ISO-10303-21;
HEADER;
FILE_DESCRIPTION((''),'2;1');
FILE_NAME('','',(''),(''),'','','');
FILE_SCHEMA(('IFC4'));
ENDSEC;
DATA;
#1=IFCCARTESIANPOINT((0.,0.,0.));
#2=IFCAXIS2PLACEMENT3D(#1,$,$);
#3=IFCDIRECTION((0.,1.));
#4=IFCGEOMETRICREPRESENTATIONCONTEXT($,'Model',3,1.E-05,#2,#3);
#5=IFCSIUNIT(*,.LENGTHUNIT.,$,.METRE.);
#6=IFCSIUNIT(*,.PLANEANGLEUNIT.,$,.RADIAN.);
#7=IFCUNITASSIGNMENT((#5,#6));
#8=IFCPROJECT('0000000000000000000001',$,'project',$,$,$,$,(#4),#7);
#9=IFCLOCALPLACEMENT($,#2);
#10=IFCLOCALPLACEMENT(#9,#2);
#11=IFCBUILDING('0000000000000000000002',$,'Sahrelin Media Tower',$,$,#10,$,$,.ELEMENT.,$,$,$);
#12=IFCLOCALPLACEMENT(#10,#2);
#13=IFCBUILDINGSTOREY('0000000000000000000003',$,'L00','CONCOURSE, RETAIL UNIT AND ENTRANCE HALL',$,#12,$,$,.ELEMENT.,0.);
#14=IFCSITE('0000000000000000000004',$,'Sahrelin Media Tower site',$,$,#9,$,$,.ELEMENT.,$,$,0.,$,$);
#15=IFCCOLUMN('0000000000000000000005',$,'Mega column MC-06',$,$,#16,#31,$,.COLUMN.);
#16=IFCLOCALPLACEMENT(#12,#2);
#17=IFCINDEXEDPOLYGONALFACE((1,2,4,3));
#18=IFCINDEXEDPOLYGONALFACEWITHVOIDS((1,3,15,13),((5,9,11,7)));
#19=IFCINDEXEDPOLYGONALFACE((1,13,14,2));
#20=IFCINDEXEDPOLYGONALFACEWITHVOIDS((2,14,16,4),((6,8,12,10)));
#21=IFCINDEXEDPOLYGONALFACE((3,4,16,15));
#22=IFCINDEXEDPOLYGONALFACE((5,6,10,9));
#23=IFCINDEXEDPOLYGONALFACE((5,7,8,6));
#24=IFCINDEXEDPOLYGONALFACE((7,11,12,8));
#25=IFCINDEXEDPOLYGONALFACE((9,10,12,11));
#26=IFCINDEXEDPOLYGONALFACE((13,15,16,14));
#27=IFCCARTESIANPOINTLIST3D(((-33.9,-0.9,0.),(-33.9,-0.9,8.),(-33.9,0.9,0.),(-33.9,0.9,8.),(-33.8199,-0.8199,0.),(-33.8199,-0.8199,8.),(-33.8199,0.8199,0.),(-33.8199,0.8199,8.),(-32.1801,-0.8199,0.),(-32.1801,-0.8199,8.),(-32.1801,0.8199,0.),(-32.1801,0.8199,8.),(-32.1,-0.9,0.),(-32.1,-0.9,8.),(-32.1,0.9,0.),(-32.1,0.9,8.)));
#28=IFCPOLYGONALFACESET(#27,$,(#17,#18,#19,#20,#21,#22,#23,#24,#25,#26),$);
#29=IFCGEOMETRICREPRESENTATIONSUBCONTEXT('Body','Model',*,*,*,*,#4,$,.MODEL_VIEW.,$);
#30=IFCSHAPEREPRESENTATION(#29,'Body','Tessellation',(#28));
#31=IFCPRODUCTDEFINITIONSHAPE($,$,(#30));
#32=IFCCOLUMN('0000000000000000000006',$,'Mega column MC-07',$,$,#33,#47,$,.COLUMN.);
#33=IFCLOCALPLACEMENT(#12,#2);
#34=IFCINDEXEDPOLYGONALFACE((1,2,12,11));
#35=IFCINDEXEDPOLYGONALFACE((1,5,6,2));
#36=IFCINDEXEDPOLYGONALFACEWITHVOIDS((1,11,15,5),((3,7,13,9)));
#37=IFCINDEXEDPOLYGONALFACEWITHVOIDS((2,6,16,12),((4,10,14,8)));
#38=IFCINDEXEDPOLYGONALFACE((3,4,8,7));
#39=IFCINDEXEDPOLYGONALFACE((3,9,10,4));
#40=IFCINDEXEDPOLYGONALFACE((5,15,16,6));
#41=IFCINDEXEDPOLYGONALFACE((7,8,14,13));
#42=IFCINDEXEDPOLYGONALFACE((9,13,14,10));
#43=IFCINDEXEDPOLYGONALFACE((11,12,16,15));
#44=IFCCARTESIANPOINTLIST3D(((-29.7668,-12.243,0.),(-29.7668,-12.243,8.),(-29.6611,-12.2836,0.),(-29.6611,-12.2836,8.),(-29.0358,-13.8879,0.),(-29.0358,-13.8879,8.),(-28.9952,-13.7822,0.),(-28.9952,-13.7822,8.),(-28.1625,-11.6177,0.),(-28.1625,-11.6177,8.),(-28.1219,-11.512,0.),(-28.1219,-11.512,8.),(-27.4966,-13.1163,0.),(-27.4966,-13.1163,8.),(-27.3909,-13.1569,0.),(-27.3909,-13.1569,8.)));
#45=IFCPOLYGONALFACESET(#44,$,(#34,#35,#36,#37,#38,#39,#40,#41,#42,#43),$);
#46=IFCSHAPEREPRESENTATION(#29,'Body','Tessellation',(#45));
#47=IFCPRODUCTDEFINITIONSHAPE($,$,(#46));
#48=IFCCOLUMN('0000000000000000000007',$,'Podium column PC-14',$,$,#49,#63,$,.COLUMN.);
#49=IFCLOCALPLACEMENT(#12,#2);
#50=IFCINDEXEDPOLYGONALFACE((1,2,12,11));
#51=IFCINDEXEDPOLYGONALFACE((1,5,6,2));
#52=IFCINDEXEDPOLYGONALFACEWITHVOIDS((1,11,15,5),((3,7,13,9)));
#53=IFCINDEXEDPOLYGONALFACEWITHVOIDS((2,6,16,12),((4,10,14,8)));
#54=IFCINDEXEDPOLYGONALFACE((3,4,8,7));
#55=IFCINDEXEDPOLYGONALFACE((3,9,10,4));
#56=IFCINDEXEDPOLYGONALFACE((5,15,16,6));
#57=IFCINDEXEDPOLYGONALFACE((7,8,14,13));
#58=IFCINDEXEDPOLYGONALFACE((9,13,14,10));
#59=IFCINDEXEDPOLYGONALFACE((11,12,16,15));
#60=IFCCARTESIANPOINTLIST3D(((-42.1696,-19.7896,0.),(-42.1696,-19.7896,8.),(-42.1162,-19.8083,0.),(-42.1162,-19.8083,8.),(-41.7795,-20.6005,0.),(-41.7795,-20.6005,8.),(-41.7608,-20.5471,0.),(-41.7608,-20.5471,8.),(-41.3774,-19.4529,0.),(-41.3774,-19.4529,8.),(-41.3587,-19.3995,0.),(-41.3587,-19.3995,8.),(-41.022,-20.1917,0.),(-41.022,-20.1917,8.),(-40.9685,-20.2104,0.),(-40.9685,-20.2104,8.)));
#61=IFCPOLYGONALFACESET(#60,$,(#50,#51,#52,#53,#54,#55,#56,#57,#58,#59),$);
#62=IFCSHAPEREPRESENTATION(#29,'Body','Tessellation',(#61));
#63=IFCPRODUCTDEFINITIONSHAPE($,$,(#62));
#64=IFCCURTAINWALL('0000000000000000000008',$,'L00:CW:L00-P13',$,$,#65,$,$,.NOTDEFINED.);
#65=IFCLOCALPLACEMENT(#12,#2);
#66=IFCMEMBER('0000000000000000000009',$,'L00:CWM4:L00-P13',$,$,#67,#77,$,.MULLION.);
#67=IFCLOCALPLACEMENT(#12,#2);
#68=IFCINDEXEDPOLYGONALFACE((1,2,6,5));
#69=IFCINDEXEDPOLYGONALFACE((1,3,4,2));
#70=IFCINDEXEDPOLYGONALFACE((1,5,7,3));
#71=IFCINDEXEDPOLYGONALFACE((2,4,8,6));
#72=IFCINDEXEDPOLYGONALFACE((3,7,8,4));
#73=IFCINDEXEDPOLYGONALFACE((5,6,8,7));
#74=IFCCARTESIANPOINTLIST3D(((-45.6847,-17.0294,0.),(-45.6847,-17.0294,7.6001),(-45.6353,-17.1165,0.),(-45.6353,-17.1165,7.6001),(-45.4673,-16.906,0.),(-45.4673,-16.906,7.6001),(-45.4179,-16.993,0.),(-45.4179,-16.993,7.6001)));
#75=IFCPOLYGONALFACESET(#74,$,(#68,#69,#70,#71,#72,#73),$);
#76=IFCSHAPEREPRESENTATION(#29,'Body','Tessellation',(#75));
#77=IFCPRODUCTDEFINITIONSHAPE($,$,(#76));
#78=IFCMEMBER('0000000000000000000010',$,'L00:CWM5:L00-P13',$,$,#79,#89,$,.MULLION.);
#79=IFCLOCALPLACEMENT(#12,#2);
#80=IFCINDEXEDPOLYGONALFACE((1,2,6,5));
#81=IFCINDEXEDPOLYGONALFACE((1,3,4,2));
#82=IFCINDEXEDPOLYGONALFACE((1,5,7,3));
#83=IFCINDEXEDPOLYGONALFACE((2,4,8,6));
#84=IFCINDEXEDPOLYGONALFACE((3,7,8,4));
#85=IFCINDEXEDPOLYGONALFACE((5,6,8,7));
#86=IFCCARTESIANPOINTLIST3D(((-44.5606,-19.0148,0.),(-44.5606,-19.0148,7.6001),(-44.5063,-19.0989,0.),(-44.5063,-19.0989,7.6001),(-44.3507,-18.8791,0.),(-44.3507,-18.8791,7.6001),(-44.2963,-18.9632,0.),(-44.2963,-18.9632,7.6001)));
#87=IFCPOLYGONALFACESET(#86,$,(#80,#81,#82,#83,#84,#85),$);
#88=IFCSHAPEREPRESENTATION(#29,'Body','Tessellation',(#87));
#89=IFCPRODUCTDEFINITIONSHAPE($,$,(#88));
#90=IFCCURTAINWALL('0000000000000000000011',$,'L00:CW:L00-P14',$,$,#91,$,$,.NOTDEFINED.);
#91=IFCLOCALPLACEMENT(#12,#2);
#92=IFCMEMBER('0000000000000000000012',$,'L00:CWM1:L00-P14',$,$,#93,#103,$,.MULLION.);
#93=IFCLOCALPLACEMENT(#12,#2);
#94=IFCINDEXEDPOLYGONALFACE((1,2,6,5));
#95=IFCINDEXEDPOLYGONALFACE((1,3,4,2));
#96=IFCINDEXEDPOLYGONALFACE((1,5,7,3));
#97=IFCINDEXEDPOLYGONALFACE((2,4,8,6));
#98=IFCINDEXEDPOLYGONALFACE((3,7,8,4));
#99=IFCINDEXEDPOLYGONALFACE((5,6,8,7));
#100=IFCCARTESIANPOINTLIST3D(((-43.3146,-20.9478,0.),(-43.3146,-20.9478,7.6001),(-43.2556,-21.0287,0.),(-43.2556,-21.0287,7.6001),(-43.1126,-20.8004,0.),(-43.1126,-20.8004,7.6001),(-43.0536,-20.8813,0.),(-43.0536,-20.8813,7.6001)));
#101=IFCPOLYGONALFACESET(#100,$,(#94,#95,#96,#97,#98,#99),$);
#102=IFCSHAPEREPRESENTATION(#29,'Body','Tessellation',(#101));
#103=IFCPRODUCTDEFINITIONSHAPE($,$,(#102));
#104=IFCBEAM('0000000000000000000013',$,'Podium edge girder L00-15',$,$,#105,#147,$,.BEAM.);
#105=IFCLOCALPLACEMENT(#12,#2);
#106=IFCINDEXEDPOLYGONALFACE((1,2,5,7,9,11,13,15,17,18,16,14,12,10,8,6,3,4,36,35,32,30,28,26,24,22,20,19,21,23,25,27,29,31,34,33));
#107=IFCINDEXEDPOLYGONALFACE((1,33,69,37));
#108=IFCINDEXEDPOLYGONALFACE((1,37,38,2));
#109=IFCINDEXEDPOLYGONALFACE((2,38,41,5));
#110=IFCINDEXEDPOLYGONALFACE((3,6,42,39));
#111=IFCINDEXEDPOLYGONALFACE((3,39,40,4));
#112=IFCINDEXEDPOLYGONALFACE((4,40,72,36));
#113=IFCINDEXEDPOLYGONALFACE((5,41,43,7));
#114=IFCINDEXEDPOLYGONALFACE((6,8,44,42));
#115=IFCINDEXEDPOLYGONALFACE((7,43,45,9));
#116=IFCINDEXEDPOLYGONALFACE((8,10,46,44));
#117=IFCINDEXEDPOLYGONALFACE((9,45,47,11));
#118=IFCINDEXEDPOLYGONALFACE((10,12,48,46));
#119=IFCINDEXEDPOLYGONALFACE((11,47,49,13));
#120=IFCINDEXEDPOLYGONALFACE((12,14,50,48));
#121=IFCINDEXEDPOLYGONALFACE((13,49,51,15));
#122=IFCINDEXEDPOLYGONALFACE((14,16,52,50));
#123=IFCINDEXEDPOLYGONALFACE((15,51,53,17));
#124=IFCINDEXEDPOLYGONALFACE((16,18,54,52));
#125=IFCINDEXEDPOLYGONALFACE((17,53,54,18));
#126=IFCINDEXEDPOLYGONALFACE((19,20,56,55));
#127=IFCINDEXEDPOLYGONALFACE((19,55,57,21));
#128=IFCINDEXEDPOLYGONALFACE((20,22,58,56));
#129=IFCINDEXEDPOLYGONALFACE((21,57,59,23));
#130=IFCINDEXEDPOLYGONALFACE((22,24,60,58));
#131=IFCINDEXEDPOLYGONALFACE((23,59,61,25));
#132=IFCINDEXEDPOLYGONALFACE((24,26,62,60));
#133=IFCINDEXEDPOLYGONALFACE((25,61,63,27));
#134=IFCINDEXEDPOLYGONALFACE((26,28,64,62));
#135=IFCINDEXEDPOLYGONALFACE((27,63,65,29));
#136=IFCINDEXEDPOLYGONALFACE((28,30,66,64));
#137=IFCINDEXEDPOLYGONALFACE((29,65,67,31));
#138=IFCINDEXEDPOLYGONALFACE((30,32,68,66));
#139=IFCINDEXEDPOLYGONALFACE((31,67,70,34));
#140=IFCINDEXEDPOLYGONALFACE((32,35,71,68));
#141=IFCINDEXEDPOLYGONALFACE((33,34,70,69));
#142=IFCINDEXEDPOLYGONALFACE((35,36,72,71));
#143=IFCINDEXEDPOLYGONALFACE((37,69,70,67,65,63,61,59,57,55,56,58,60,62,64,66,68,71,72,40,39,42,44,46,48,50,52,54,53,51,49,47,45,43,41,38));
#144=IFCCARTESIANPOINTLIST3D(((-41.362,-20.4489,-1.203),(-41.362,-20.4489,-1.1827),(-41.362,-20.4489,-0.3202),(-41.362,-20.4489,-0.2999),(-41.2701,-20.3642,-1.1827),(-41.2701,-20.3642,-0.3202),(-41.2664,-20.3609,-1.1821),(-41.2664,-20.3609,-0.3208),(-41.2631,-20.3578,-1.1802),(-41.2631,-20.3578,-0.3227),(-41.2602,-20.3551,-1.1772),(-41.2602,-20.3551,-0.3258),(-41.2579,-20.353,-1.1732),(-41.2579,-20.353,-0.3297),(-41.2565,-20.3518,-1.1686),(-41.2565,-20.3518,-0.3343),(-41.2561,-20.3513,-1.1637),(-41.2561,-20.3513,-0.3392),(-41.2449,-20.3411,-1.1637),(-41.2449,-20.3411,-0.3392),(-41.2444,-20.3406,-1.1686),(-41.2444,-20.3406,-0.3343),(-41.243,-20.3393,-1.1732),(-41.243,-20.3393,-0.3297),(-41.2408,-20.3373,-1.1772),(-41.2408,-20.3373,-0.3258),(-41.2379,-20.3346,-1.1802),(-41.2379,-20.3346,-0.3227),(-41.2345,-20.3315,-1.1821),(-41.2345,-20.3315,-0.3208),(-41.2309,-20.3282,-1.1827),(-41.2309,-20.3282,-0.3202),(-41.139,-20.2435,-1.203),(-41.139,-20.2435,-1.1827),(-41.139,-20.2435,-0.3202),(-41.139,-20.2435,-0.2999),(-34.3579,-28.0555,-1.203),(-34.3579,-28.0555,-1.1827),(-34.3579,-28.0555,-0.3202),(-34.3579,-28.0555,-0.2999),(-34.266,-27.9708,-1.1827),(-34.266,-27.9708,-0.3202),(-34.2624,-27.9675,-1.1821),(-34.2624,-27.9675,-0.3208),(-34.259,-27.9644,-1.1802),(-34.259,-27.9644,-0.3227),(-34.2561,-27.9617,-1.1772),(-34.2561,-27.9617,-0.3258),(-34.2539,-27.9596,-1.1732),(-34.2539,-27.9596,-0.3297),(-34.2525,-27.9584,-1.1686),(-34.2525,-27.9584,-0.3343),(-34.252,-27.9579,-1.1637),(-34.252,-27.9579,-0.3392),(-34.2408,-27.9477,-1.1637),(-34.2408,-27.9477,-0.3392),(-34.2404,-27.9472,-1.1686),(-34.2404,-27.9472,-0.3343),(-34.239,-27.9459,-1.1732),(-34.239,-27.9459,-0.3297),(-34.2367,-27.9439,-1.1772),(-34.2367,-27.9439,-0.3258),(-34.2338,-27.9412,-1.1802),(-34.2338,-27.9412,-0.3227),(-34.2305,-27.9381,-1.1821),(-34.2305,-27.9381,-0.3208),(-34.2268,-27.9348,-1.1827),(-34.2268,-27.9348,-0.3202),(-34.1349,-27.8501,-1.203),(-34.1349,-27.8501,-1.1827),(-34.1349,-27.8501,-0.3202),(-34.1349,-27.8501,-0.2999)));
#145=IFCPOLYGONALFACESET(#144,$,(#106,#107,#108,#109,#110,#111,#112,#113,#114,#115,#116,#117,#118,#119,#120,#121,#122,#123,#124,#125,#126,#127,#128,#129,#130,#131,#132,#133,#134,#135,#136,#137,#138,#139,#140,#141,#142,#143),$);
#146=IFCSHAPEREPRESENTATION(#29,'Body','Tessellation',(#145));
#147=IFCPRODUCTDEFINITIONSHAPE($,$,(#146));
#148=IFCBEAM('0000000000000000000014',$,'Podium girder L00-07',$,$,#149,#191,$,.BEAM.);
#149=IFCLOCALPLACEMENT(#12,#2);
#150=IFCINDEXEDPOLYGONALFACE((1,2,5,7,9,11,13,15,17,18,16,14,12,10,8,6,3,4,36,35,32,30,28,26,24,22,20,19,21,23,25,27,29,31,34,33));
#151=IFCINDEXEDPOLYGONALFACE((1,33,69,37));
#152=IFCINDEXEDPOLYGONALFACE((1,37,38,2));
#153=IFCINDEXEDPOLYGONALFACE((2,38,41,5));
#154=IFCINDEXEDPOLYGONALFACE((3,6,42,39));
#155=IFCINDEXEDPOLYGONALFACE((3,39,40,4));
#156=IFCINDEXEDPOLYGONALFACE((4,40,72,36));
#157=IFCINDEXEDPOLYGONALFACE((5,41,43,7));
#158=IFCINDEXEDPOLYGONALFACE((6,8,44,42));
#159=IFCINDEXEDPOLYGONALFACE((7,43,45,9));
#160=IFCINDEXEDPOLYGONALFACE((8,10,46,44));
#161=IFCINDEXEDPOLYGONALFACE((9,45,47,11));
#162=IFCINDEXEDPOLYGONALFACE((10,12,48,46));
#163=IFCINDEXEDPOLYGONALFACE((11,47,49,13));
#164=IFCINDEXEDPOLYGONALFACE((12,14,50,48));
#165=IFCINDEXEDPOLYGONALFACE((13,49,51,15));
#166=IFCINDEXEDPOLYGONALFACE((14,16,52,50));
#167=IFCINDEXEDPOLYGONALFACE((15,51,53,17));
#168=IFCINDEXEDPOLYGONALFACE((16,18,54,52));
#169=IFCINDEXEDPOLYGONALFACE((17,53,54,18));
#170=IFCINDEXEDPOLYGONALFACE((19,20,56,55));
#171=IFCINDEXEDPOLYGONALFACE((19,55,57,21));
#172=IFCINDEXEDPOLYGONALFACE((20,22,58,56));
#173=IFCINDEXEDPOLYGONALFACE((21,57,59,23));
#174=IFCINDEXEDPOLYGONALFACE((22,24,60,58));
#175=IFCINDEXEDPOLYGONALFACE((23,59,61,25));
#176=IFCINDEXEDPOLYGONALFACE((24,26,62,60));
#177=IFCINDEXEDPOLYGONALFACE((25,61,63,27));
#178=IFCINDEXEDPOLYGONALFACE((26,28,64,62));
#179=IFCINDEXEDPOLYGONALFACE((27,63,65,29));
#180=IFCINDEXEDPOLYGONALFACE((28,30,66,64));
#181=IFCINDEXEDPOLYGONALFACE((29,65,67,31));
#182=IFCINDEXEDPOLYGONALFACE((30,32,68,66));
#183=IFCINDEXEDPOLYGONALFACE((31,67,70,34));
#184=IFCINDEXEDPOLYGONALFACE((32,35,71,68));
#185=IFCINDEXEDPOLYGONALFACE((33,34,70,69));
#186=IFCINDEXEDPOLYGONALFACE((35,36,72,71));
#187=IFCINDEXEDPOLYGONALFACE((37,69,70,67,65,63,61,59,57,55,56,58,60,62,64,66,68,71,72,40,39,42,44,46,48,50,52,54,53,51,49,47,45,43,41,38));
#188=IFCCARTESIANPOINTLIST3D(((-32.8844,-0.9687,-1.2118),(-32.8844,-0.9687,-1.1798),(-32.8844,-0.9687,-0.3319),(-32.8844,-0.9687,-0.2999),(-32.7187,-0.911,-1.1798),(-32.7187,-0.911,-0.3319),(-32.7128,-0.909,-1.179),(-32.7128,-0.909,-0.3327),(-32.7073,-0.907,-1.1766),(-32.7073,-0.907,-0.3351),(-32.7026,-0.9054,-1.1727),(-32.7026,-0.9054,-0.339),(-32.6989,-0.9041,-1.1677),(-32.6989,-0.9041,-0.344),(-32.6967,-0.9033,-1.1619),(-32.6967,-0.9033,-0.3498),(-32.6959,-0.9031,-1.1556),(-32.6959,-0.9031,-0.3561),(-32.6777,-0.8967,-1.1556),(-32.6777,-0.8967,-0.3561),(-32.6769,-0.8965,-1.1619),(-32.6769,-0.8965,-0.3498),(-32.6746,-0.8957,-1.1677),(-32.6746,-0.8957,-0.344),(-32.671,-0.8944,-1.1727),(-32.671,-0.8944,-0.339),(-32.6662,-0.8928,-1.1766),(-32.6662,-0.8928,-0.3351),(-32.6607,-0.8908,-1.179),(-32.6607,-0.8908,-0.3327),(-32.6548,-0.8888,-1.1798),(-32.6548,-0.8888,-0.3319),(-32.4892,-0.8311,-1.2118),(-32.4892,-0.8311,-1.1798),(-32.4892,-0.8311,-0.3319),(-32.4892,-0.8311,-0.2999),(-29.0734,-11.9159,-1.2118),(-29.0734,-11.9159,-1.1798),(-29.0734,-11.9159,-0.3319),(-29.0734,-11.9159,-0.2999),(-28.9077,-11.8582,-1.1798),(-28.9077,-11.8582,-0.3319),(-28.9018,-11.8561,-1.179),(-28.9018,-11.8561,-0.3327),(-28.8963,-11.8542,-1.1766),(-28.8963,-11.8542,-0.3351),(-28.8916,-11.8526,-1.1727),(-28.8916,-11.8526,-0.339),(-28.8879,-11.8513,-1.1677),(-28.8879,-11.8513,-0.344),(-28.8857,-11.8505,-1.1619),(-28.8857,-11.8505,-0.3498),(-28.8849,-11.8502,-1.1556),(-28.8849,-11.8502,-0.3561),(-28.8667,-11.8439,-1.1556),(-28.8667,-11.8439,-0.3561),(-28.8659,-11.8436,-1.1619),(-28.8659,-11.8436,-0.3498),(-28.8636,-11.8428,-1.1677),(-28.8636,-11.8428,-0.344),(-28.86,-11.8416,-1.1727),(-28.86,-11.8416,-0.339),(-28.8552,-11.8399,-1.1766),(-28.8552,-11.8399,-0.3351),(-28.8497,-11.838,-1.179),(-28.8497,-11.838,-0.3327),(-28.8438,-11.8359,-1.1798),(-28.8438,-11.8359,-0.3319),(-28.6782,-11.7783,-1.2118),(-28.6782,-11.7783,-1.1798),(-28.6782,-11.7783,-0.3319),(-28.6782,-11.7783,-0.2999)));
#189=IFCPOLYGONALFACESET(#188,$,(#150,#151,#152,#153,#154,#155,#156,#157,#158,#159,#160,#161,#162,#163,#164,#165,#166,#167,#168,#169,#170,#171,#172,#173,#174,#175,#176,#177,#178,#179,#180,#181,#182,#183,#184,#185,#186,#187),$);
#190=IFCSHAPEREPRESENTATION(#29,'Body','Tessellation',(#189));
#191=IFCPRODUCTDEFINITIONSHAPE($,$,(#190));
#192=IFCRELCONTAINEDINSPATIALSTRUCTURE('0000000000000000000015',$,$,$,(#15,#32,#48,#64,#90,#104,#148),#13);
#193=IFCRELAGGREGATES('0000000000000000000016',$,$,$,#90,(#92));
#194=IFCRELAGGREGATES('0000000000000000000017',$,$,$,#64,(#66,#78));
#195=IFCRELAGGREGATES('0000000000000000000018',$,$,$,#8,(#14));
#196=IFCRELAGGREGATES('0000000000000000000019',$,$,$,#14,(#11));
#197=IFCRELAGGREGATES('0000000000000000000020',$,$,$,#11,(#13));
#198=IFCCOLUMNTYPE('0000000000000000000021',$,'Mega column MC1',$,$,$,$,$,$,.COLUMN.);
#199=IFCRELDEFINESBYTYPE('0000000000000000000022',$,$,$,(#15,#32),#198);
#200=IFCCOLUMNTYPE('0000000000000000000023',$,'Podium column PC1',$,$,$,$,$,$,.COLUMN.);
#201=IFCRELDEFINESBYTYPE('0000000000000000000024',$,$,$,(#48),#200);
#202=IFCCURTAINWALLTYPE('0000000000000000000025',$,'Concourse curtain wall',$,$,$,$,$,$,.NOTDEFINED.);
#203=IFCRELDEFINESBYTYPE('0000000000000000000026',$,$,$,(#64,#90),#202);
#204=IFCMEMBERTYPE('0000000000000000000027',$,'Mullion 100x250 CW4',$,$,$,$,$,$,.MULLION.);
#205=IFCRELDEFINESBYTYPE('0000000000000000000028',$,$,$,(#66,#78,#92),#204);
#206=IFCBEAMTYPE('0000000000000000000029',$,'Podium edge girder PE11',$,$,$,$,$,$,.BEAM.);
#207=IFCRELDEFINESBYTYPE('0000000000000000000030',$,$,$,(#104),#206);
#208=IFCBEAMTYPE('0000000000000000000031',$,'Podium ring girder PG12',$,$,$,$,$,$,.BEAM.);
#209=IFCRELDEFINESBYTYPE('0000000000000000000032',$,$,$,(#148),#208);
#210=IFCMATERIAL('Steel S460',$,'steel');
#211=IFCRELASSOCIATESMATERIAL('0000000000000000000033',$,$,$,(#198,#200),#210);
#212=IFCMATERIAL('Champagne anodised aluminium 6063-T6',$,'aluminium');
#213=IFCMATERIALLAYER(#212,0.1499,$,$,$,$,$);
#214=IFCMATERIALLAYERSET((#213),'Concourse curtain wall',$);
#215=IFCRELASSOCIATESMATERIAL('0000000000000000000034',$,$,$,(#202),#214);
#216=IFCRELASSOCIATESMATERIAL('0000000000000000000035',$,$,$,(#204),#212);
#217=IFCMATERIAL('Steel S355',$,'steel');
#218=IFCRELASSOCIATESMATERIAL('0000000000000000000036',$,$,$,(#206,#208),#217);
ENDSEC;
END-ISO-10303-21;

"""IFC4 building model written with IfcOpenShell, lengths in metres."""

from ifc_helpers import new_model, si_unit, direction, frame, origin, origin_2d, place, context, subcontext, project, spatial, rectangle, hollow_rectangle, i_section, extrude, material, layer, layer_set, material_profile, profile_set, type_object, element, aggregate, save


model = new_model("IFC4")

# Units and contexts
model_context = context("Model", 3, precision=1e-05, world=origin(), true_north=direction((0.0, 1.0)))
body_context = subcontext(model_context, "Body", "Model", "MODEL_VIEW")
ifc_project = project(units=[si_unit("LENGTHUNIT", "METRE"), si_unit("PLANEANGLEUNIT", "RADIAN")], contexts=[model_context])

# Site, building, storey
site_placement = place(None, origin())
site = spatial("IfcSite", under=ifc_project, at=site_placement, Name="Sahrelin Media Tower site", CompositionType="ELEMENT", RefElevation=0.0)
building_placement = place(site_placement, origin())
building = spatial("IfcBuilding", under=site, at=building_placement, Name="Sahrelin Media Tower", CompositionType="ELEMENT")
storey_placement = place(building_placement, origin())
storey = spatial("IfcBuildingStorey", under=building, at=storey_placement, Name="L00", Description="CONCOURSE, RETAIL UNIT AND ENTRANCE HALL", CompositionType="ELEMENT", Elevation=0.0)

# Columns
ifc_material_1 = material(Name="Steel S460", Category="steel")
ifc_material_profile_1 = material_profile(ifc_material_1, hollow_rectangle(XDim=1.8, YDim=1.8, WallThickness=0.0801, at=origin_2d()), Name="Mega column MC1")
ifc_profile_set_1 = profile_set([ifc_material_profile_1], Name="Steel S460")
column_type_1 = type_object("IfcColumnType", Name="Mega column MC1", PredefinedType="COLUMN", material=ifc_profile_set_1)
for number, where, z_axis, x_axis, name in (
    (1, (-33.0, 0.0, 0.0), (0.0, 0.0, 1.0), (-1.0, 0.0, 0.0), "Mega column MC-06"),
    (2, (-28.5789, -12.7, 0.0), (0.0, 0.0, 1.0), (-0.913831, -0.406094, 0.0), "Mega column MC-07"),
):
    element("IfcColumn", number, at=place(storey_placement, frame(where, z_axis=z_axis, x_axis=x_axis)), inside=storey, type_object=column_type_1, Name=name, PredefinedType="COLUMN", context=body_context, shape_type="SweptSolid", body=[
        extrude(hollow_rectangle(XDim=1.8, YDim=1.8, WallThickness=0.0801, at=origin_2d()), origin(), (0.0, 0.0, 1.0), 8.0),
    ])
ifc_material_profile_2 = material_profile(ifc_material_1, hollow_rectangle(XDim=0.8999, YDim=0.8999, WallThickness=0.04, at=origin_2d()), Name="Podium column PC1")
ifc_profile_set_2 = profile_set([ifc_material_profile_2], Name="Steel S460")
column_type_2 = type_object("IfcColumnType", Name="Podium column PC1", PredefinedType="COLUMN", material=ifc_profile_set_2)
column_placement = place(storey_placement, frame((-41.5691, -20.0, 0.0), z_axis=(0.0, 0.0, 1.0), x_axis=(-0.901127, -0.433555, 0.0)))
element("IfcColumn", 3, at=column_placement, inside=storey, type_object=column_type_2, Name="Podium column PC-14", PredefinedType="COLUMN", context=body_context, shape_type="SweptSolid", body=[
    extrude(hollow_rectangle(XDim=0.8999, YDim=0.8999, WallThickness=0.04, at=origin_2d()), origin(), (0.0, 0.0, 1.0), 8.0),
])

# Curtain wall, members
ifc_material_2 = material(Name="Champagne anodised aluminium 6063-T6", Category="aluminium")
ifc_layer_1 = layer(ifc_material_2, 0.1499)
ifc_layer_set_1 = layer_set([ifc_layer_1], Name="Concourse curtain wall")
curtain_wall_type = type_object("IfcCurtainWallType", Name="Concourse curtain wall", PredefinedType="NOTDEFINED", material=ifc_layer_set_1)
curtain_wall_1_placement = place(storey_placement, frame((-48.2964, -10.8704, 0.0), z_axis=(0.0, 0.0, 1.0), x_axis=(1.0, 0.0, 0.0)))
curtain_wall_1 = element("IfcCurtainWall", 4, at=curtain_wall_1_placement, inside=storey, type_object=curtain_wall_type, Name="L00:CW:L00-P13", PredefinedType="NOTDEFINED")
ifc_material_profile_3 = material_profile(ifc_material_2, rectangle(XDim=0.1001, YDim=0.25, at=origin_2d()), Name="Mullion 100x250")
ifc_profile_set_3 = profile_set([ifc_material_profile_3], Name="Champagne anodised aluminium 6063-T6")
member_type_1 = type_object("IfcMemberType", Name="Mullion 100x250 CW4", PredefinedType="MULLION", material=ifc_profile_set_3)
member_1_placement = place(storey_placement, frame((-45.5513, -17.0112, 0.0), z_axis=(0.0, 0.0, 1.0), x_axis=(0.493787, -0.869583, 0.0)))
member_1 = element("IfcMember", 5, at=member_1_placement, type_object=member_type_1, Name="L00:CWM4:L00-P13", PredefinedType="MULLION", context=body_context, shape_type="SweptSolid", body=[
    extrude(rectangle(XDim=0.1001, YDim=0.25, at=origin_2d()), origin(), (0.0, 0.0, 1.0), 7.6001),
])
member_2_placement = place(storey_placement, frame((-44.4285, -18.989, 0.0), z_axis=(0.0, 0.0, 1.0), x_axis=(0.54283, -0.839843, 0.0)))
member_2 = element("IfcMember", 6, at=member_2_placement, type_object=member_type_1, Name="L00:CWM5:L00-P13", PredefinedType="MULLION", context=body_context, shape_type="SweptSolid", body=[
    extrude(rectangle(XDim=0.1001, YDim=0.25, at=origin_2d()), origin(), (0.0, 0.0, 1.0), 7.6001),
])

# Curtain wall, member
curtain_wall_2_placement = place(storey_placement, frame((-43.3013, -21.0, 0.0), z_axis=(0.0, 0.0, 1.0), x_axis=(1.0, 0.0, 0.0)))
curtain_wall_2 = element("IfcCurtainWall", 7, at=curtain_wall_2_placement, inside=storey, type_object=curtain_wall_type, Name="L00:CW:L00-P14", PredefinedType="NOTDEFINED")
member_3_placement = place(storey_placement, frame((-43.1841, -20.9146, 0.0), z_axis=(0.0, 0.0, 1.0), x_axis=(0.589385, -0.807852, 0.0)))
member_3 = element("IfcMember", 8, at=member_3_placement, type_object=member_type_1, Name="L00:CWM1:L00-P14", PredefinedType="MULLION", context=body_context, shape_type="SweptSolid", body=[
    extrude(rectangle(XDim=0.1001, YDim=0.25, at=origin_2d()), origin(), (0.0, 0.0, 1.0), 7.6001),
])
aggregate(curtain_wall_2, [member_3])

# Beams
ifc_material_3 = material(Name="Steel S355", Category="steel")
ifc_material_profile_4 = material_profile(ifc_material_3, i_section(OverallWidth=0.3032, OverallDepth=0.9031, WebThickness=0.0151, FlangeThickness=0.0203, FilletRadius=0.019, at=origin_2d()), Name="UB 914x305x201")
ifc_profile_set_4 = profile_set([ifc_material_profile_4], Name="Steel S355")
beam_type_1 = type_object("IfcBeamType", Name="Podium edge girder PE11", PredefinedType="BEAM", material=ifc_profile_set_4)
beam_1_placement = place(storey_placement, frame((-41.2505, -20.3462, -0.7515), z_axis=(0.677371, -0.735642, 0.0), x_axis=(0.735642, 0.677371, 0.0)))
element("IfcBeam", 9, at=beam_1_placement, inside=storey, type_object=beam_type_1, Name="Podium edge girder L00-15", PredefinedType="BEAM", context=body_context, shape_type="SweptSolid", body=[
    extrude(i_section(OverallWidth=0.3032, OverallDepth=0.9031, WebThickness=0.0151, FlangeThickness=0.0203, FilletRadius=0.019, at=origin_2d()), origin(), (0.0, 0.0, 1.0), 10.3401),
])
ifc_material_profile_5 = material_profile(ifc_material_3, i_section(OverallWidth=0.4185, OverallDepth=0.9119, WebThickness=0.0193, FlangeThickness=0.032, FilletRadius=0.0242, at=origin_2d()), Name="UB 914x419x343")
ifc_profile_set_5 = profile_set([ifc_material_profile_5], Name="Steel S355")
beam_type_2 = type_object("IfcBeamType", Name="Podium ring girder PG12", PredefinedType="BEAM", material=ifc_profile_set_5)
beam_2_placement = place(storey_placement, frame((-32.6868, -0.8999, -0.7559), z_axis=(0.328774, -0.944409, 0.0), x_axis=(0.944409, 0.328774, 0.0)))
element("IfcBeam", 10, at=beam_2_placement, inside=storey, type_object=beam_type_2, Name="Podium girder L00-07", PredefinedType="BEAM", context=body_context, shape_type="SweptSolid", body=[
    extrude(i_section(OverallWidth=0.4185, OverallDepth=0.9119, WebThickness=0.0193, FlangeThickness=0.032, FilletRadius=0.0242, at=origin_2d()), origin(), (0.0, 0.0, 1.0), 11.5916),
])

aggregate(curtain_wall_1, [member_1, member_2])

save(model, "model.ifc")
